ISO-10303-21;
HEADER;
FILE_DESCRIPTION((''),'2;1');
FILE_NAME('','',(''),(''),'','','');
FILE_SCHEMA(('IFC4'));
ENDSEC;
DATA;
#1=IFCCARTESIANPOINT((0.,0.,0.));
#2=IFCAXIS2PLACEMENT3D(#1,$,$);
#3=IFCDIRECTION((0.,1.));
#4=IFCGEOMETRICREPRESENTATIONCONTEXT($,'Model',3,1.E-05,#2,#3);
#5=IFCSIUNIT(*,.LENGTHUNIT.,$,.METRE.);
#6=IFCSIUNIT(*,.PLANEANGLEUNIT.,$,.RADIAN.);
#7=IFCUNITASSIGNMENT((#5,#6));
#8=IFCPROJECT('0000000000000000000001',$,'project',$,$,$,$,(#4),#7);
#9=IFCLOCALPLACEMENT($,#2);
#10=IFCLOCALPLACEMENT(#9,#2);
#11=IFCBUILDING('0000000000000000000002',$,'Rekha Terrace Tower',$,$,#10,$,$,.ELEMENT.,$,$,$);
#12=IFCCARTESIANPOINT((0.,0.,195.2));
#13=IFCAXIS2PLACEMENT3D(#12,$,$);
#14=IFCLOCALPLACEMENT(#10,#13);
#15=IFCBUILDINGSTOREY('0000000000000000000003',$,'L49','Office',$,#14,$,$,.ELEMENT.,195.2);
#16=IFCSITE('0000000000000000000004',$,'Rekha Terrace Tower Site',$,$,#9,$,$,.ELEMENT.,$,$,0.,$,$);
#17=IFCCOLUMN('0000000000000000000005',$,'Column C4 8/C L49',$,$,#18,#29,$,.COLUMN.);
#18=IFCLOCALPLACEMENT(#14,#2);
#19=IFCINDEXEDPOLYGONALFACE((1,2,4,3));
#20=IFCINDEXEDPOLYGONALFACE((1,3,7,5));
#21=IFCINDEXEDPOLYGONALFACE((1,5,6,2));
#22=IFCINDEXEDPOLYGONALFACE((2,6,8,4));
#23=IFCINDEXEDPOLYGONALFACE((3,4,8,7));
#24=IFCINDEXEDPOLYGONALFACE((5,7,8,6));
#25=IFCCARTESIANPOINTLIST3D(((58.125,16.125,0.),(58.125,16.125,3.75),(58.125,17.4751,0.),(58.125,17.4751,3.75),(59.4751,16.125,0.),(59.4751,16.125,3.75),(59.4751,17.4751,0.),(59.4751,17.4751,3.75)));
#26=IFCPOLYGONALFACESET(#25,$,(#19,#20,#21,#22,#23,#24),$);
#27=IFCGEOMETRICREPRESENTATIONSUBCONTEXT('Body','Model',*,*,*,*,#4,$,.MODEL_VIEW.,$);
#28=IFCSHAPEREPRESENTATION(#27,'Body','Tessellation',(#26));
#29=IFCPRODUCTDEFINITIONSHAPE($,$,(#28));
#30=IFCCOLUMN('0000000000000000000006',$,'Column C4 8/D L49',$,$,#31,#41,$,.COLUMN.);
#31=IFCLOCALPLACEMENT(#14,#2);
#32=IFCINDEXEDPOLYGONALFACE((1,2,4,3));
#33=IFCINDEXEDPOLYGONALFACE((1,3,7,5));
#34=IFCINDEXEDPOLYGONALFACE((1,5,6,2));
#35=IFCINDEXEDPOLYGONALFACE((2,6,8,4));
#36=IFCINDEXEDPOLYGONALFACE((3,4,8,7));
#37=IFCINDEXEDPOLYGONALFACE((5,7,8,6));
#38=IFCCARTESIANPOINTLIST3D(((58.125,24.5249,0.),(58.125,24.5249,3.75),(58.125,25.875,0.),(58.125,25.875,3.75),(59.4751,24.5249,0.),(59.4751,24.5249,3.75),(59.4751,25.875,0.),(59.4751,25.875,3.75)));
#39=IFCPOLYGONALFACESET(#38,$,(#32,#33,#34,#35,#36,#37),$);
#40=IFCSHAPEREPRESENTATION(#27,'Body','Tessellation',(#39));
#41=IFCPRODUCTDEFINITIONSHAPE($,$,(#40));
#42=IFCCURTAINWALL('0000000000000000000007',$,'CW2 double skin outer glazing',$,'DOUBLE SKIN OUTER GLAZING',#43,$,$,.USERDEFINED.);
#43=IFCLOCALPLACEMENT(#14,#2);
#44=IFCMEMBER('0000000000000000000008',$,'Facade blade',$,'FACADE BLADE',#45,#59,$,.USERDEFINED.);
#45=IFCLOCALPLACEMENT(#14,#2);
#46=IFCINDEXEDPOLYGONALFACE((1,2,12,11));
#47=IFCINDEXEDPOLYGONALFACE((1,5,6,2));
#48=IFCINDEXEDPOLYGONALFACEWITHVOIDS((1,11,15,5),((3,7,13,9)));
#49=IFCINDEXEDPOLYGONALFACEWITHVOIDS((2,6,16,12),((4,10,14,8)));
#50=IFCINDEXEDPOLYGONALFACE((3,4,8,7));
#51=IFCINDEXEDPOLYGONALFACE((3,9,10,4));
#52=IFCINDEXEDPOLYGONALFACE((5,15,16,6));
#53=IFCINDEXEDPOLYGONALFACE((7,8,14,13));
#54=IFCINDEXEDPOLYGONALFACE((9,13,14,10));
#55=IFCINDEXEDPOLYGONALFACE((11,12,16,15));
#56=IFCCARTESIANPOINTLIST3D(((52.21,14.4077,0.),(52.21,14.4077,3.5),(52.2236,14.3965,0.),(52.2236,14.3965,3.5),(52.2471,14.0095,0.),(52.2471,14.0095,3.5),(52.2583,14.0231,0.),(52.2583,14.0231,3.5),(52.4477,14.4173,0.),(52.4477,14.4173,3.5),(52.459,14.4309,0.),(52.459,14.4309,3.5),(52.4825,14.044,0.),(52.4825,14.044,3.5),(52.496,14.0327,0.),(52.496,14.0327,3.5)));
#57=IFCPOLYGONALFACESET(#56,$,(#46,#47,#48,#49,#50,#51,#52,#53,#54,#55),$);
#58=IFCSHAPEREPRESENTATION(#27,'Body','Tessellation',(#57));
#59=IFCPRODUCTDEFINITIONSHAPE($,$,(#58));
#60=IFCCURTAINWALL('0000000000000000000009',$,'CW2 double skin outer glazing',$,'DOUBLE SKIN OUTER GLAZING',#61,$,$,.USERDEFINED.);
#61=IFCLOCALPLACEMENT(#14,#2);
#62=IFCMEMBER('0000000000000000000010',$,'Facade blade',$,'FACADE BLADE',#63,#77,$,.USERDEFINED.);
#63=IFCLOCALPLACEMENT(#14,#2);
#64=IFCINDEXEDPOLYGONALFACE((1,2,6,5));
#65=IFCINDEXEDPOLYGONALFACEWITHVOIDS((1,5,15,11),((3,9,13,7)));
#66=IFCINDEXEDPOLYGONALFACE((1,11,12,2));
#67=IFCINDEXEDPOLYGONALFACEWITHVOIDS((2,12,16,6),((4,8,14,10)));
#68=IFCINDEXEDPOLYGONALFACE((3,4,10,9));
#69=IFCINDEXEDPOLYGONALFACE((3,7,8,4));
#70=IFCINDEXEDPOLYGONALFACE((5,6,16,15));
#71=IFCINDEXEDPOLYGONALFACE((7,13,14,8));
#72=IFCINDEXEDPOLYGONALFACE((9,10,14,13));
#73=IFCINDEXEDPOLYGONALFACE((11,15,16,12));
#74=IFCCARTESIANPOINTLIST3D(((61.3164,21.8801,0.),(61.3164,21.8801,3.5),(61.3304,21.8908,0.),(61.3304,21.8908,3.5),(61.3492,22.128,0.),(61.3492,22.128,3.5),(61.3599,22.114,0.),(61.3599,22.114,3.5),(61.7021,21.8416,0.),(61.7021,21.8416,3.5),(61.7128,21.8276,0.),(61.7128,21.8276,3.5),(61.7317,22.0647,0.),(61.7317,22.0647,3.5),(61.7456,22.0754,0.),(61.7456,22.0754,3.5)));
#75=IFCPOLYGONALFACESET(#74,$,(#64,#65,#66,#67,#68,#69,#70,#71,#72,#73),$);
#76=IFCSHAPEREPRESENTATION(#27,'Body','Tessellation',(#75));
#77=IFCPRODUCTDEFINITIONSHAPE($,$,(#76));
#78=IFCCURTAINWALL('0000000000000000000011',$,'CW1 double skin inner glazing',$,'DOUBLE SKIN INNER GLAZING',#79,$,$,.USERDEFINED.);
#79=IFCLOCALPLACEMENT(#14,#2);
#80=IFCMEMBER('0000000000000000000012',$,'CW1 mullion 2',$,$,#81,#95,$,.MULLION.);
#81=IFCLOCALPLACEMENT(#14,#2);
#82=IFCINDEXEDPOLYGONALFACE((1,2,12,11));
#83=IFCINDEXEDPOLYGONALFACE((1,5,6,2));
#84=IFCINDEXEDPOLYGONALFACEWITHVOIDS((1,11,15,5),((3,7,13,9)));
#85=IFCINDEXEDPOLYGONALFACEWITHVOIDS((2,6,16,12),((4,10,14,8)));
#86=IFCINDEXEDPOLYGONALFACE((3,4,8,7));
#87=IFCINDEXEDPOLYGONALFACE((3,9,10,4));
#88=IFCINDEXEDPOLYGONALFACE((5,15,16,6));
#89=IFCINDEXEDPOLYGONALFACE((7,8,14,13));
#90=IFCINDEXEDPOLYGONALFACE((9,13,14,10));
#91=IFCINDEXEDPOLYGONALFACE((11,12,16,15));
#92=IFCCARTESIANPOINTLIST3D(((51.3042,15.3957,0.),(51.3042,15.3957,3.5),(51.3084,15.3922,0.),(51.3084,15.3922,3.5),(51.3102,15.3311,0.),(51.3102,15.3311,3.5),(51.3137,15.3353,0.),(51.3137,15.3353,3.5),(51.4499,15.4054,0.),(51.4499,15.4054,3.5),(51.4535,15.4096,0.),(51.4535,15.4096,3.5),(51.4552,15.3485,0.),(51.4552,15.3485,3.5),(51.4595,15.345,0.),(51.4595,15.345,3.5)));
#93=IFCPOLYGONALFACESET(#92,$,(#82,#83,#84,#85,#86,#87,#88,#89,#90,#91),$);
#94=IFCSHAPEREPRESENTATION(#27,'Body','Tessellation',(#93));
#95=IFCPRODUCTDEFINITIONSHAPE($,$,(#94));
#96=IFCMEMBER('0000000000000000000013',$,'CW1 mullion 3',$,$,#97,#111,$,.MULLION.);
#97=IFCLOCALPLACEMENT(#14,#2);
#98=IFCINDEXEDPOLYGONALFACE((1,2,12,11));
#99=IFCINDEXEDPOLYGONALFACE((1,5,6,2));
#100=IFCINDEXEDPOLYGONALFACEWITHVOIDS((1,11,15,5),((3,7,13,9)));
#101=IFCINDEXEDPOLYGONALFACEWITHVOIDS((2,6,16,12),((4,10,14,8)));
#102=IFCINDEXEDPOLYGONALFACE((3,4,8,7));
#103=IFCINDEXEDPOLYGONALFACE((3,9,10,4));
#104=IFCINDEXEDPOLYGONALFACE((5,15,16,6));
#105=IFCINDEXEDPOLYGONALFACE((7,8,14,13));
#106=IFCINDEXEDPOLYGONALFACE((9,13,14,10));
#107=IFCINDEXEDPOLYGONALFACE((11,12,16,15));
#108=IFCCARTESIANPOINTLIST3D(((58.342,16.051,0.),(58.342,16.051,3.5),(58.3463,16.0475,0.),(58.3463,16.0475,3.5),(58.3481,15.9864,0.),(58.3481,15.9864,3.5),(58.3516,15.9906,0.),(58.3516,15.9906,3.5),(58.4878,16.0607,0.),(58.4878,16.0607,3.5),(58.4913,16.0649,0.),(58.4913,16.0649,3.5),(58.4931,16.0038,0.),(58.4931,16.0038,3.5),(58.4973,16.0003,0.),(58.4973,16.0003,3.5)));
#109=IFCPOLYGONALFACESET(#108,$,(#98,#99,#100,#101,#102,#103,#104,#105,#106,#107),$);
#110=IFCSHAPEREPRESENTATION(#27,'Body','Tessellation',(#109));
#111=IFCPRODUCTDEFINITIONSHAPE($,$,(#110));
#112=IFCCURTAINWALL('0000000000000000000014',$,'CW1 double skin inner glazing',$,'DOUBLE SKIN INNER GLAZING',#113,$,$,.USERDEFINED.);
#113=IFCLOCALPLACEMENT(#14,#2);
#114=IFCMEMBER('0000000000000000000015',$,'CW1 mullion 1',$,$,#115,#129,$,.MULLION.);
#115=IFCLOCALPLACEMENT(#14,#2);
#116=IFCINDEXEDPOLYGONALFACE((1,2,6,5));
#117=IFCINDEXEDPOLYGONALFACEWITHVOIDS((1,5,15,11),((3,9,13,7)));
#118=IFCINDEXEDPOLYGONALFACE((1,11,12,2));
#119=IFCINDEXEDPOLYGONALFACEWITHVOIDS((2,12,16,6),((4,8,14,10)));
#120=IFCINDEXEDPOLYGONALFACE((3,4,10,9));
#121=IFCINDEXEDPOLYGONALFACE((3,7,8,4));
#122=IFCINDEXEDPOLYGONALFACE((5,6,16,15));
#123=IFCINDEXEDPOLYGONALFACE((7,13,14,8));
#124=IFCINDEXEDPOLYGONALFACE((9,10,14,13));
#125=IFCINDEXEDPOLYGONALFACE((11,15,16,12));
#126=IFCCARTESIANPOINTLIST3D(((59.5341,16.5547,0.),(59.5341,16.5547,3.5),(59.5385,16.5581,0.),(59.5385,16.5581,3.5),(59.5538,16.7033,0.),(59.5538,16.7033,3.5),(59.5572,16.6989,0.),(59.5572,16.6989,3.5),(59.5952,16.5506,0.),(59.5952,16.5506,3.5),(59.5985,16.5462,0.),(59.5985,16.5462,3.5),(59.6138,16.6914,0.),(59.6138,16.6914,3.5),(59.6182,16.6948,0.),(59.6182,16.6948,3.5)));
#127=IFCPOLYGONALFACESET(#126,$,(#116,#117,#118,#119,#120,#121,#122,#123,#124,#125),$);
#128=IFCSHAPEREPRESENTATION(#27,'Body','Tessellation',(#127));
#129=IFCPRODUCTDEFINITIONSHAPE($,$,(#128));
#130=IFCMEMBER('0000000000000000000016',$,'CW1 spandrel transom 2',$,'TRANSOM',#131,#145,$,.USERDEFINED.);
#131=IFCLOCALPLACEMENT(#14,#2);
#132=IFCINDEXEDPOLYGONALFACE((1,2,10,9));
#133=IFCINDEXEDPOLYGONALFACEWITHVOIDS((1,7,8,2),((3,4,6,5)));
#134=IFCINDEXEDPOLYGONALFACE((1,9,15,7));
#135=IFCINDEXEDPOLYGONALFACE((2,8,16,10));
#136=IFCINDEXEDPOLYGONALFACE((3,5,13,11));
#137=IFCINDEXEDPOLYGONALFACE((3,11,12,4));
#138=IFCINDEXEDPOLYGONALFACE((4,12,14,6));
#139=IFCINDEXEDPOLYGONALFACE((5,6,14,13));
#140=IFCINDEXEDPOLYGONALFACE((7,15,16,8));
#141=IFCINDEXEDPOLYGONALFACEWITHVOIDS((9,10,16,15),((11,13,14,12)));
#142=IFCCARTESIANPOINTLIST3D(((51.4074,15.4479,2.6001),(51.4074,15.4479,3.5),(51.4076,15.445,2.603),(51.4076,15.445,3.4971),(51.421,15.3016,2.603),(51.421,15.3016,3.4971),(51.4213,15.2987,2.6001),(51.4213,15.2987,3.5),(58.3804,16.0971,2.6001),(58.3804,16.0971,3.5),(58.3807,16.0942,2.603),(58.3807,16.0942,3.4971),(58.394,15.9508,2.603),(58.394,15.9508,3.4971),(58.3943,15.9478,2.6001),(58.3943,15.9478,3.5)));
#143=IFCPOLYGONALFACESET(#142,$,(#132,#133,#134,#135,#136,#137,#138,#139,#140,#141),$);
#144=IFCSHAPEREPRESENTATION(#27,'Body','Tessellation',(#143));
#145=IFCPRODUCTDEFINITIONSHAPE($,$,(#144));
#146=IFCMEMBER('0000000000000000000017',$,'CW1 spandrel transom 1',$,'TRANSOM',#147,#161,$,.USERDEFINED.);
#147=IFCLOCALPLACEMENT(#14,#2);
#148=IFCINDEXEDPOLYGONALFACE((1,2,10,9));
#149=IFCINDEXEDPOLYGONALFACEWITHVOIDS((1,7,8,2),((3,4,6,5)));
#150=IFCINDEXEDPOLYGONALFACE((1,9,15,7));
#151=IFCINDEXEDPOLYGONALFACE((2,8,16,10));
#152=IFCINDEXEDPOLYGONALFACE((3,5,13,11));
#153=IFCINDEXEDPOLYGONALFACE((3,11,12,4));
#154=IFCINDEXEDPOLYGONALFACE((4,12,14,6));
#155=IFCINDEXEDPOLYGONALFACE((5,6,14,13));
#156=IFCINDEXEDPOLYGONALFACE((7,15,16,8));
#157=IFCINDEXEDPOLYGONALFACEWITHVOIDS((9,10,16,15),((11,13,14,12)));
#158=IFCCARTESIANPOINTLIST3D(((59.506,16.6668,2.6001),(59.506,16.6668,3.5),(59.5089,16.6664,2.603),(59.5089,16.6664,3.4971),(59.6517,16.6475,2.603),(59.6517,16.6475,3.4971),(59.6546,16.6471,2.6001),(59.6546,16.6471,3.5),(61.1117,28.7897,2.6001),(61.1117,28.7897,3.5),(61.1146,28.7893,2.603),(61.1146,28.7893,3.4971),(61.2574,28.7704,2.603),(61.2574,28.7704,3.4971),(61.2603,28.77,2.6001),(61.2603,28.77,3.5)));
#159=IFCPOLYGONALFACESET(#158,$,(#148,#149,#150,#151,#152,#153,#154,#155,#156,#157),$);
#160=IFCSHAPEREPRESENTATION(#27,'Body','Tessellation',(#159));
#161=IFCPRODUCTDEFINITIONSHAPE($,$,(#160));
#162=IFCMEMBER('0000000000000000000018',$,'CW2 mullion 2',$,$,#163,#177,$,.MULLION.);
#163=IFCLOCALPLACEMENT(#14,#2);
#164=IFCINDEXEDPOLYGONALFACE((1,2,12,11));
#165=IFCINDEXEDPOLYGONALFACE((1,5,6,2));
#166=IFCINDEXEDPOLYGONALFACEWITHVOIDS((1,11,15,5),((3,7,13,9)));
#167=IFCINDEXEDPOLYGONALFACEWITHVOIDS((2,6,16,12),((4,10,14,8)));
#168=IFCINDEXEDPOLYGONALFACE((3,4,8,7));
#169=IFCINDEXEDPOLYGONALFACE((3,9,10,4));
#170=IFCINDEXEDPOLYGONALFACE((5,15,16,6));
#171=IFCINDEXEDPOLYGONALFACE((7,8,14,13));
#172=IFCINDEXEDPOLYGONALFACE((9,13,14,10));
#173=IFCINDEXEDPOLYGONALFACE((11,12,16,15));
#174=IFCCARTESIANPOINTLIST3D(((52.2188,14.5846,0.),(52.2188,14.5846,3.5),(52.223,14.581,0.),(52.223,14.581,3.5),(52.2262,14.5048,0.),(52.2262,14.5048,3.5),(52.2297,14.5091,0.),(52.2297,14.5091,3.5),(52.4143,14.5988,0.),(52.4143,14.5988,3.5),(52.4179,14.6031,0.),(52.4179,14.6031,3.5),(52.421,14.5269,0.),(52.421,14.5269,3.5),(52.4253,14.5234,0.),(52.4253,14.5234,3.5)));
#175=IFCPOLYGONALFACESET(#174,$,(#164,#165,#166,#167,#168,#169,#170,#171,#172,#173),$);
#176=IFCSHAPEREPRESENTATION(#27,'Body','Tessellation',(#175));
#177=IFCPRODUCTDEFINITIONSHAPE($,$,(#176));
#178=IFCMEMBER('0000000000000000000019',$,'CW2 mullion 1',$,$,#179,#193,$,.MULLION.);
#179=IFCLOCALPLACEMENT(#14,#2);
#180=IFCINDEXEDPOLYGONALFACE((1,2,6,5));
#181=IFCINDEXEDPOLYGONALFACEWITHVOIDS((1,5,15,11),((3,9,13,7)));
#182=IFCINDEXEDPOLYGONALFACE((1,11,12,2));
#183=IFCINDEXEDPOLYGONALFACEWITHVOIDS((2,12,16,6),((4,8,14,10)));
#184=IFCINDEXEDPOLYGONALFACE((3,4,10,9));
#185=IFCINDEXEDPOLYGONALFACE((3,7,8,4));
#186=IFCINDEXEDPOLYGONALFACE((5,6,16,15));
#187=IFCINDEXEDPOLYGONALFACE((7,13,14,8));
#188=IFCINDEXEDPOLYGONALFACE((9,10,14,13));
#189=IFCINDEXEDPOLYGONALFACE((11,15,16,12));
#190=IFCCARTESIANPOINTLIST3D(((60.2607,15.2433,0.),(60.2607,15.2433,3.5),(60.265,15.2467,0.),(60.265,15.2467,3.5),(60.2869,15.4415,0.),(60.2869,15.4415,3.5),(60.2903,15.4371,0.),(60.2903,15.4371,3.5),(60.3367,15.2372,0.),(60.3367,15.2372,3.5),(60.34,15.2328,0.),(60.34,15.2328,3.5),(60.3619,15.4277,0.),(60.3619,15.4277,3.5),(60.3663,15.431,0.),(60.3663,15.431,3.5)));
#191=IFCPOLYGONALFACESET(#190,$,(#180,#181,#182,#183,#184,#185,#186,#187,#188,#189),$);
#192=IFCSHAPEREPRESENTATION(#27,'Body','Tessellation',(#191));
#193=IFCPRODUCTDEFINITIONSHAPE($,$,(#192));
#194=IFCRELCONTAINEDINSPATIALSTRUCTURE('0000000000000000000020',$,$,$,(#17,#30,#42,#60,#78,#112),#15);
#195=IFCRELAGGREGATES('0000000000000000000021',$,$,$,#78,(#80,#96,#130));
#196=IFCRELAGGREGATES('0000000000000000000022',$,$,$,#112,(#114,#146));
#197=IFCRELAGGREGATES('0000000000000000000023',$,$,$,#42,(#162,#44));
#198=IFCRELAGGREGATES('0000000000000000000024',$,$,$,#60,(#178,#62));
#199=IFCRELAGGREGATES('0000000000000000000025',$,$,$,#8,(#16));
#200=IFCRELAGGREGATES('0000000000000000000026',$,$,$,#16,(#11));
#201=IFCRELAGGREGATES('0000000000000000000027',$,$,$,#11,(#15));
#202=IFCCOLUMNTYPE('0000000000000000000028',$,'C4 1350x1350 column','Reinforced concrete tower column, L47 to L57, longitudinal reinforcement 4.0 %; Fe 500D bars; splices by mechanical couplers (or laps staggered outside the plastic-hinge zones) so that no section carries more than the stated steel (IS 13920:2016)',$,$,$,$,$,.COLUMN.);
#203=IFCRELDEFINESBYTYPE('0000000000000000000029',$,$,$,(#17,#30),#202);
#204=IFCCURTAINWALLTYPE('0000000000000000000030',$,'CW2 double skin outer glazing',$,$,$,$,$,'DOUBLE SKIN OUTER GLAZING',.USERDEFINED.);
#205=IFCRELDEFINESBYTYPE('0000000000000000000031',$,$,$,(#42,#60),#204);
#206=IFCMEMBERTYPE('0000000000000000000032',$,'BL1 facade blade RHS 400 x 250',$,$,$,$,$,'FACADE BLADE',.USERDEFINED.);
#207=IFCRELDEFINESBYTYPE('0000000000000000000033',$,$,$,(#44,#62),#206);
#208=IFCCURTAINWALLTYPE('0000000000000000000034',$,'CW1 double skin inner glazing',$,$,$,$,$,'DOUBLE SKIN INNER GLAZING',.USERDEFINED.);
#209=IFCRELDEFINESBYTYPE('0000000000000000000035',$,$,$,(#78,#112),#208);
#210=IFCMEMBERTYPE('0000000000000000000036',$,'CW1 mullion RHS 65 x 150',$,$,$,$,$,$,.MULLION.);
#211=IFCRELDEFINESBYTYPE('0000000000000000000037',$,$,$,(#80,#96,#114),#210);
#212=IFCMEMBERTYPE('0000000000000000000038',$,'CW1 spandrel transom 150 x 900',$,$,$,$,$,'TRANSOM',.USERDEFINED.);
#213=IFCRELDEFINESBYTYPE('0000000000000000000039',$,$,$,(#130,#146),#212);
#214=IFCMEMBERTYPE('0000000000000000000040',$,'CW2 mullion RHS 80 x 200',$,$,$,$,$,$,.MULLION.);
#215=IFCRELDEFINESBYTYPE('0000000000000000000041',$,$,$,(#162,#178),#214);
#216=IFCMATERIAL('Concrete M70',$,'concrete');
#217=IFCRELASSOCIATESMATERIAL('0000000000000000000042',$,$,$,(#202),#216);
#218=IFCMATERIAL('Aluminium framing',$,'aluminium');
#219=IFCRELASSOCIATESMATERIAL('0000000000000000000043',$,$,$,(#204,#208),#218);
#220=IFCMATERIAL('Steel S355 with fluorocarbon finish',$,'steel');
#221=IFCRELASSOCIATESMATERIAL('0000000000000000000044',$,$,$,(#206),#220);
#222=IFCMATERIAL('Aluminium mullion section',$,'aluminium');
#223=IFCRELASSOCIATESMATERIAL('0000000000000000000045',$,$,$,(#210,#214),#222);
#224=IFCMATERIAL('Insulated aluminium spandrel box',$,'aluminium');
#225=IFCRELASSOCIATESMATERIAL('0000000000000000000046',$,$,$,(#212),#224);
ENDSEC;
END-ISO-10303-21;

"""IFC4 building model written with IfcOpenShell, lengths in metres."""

from ifc_helpers import new_model, si_unit, direction, frame, origin, origin_2d, place, context, subcontext, project, spatial, rectangle, hollow_rectangle, extrude, material, material_profile, profile_set, type_object, element, aggregate, save


model = new_model("IFC4")

# Units and contexts
model_context = context("Model", 3, precision=1e-05, world=origin(), true_north=direction((0.0, 1.0)))
body_context = subcontext(model_context, "Body", "Model", "MODEL_VIEW")
ifc_project = project(units=[si_unit("LENGTHUNIT", "METRE"), si_unit("PLANEANGLEUNIT", "RADIAN")], contexts=[model_context])

# Site, building, storey
site_placement = place(None, origin())
site = spatial("IfcSite", under=ifc_project, at=site_placement, Name="Rekha Terrace Tower Site", CompositionType="ELEMENT", RefElevation=0.0)
building_placement = place(site_placement, origin())
building = spatial("IfcBuilding", under=site, at=building_placement, Name="Rekha Terrace Tower", CompositionType="ELEMENT")
storey_placement = place(building_placement, frame((0.0, 0.0, 195.2)))
storey = spatial("IfcBuildingStorey", under=building, at=storey_placement, Name="L49", Description="Office", CompositionType="ELEMENT", Elevation=195.2)

# Columns
ifc_material_1 = material(Name="Concrete M70", Category="concrete")
ifc_material_profile_1 = material_profile(ifc_material_1, rectangle(XDim=1.3501, YDim=1.3501, at=origin_2d()), Name="RC 1350x1350")
ifc_profile_set_1 = profile_set([ifc_material_profile_1], Name="Concrete M70")
column_type = type_object("IfcColumnType", Name="C4 1350x1350 column", Description="Reinforced concrete tower column, L47 to L57, longitudinal reinforcement 4.0 %; Fe 500D bars; splices by mechanical couplers (or laps staggered outside the plastic-hinge zones) so that no section carries more than the stated steel (IS 13920:2016)", PredefinedType="COLUMN", material=ifc_profile_set_1)
for number, where, z_axis, x_axis, name in (
    (1, (58.8, 16.8, 0.0), (0.0, 0.0, 1.0), (1.0, 0.0, 0.0), "Column C4 8/C L49"),
    (2, (58.8, 25.2, 0.0), (0.0, 0.0, 1.0), (1.0, 0.0, 0.0), "Column C4 8/D L49"),
):
    element("IfcColumn", number, at=place(storey_placement, frame(where, z_axis=z_axis, x_axis=x_axis)), inside=storey, type_object=column_type, Name=name, PredefinedType="COLUMN", context=body_context, shape_type="SweptSolid", body=[
        extrude(rectangle(XDim=1.3501, YDim=1.3501, at=origin_2d()), origin(), (0.0, 0.0, 1.0), 3.75),
    ])

# Curtain walls, members
ifc_material_2 = material(Name="Aluminium framing", Category="aluminium")
curtain_wall_type_1 = type_object("IfcCurtainWallType", Name="CW2 double skin outer glazing", ElementType="DOUBLE SKIN OUTER GLAZING", PredefinedType="USERDEFINED", material=ifc_material_2)
curtain_wall_1_placement = place(storey_placement, origin())
curtain_wall_1 = element("IfcCurtainWall", 3, at=curtain_wall_1_placement, inside=storey, type_object=curtain_wall_type_1, Name="CW2 double skin outer glazing", ObjectType="DOUBLE SKIN OUTER GLAZING", PredefinedType="USERDEFINED")
ifc_material_3 = material(Name="Steel S355 with fluorocarbon finish", Category="steel")
ifc_material_profile_2 = material_profile(ifc_material_3, hollow_rectangle(XDim=0.25, YDim=0.3999, WallThickness=0.0125, at=origin_2d()), Name="RHS400x250x12.5")
ifc_profile_set_2 = profile_set([ifc_material_profile_2], Name="Steel S355 with fluorocarbon finish")
member_type_1 = type_object("IfcMemberType", Name="BL1 facade blade RHS 400 x 250", ElementType="FACADE BLADE", PredefinedType="USERDEFINED", material=ifc_profile_set_2)
member_1_placement = place(storey_placement, frame((52.353, 14.2202, 0.0), z_axis=(0.0, 0.0, 1.0), x_axis=(0.995693, 0.092709, 0.0)))
member_1 = element("IfcMember", 4, at=member_1_placement, type_object=member_type_1, Name="Facade blade", ObjectType="FACADE BLADE", PredefinedType="USERDEFINED", context=body_context, shape_type="SweptSolid", body=[
    extrude(hollow_rectangle(XDim=0.25, YDim=0.3999, WallThickness=0.0125, at=origin_2d()), origin(), (0.0, 0.0, 1.0), 3.5),
])
curtain_wall_2_placement = place(storey_placement, origin())
curtain_wall_2 = element("IfcCurtainWall", 5, at=curtain_wall_2_placement, inside=storey, type_object=curtain_wall_type_1, Name="CW2 double skin outer glazing", ObjectType="DOUBLE SKIN OUTER GLAZING", PredefinedType="USERDEFINED")
member_2_placement = place(storey_placement, frame((61.531, 21.9778, 0.0), z_axis=(0.0, 0.0, 1.0), x_axis=(0.131303, 0.991342, 0.0)))
member_2 = element("IfcMember", 6, at=member_2_placement, type_object=member_type_1, Name="Facade blade", ObjectType="FACADE BLADE", PredefinedType="USERDEFINED", context=body_context, shape_type="SweptSolid", body=[
    extrude(hollow_rectangle(XDim=0.25, YDim=0.3999, WallThickness=0.0125, at=origin_2d()), origin(), (0.0, 0.0, 1.0), 3.5),
])

# Curtain wall, members
curtain_wall_type_2 = type_object("IfcCurtainWallType", Name="CW1 double skin inner glazing", ElementType="DOUBLE SKIN INNER GLAZING", PredefinedType="USERDEFINED", material=ifc_material_2)
curtain_wall_3_placement = place(storey_placement, origin())
curtain_wall_3 = element("IfcCurtainWall", 7, at=curtain_wall_3_placement, inside=storey, type_object=curtain_wall_type_2, Name="CW1 double skin inner glazing", ObjectType="DOUBLE SKIN INNER GLAZING", PredefinedType="USERDEFINED")
ifc_material_4 = material(Name="Aluminium mullion section", Category="aluminium")
ifc_material_profile_3 = material_profile(ifc_material_4, hollow_rectangle(XDim=0.0649, YDim=0.1499, WallThickness=0.0039, at=origin_2d()), Name="AL RHS 65x150")
ifc_profile_set_3 = profile_set([ifc_material_profile_3], Name="Aluminium mullion section")
member_type_2 = type_object("IfcMemberType", Name="CW1 mullion RHS 65 x 150", PredefinedType="MULLION", material=ifc_profile_set_3)
member_3_placement = place(storey_placement, frame((51.3818, 15.3704, 0.0), z_axis=(0.0, 0.0, 1.0), x_axis=(-0.092709, 0.995693, 0.0)))
member_3 = element("IfcMember", 8, at=member_3_placement, type_object=member_type_2, Name="CW1 mullion 2", PredefinedType="MULLION", context=body_context, shape_type="SweptSolid", body=[
    extrude(hollow_rectangle(XDim=0.0649, YDim=0.1499, WallThickness=0.0039, at=origin_2d()), origin(), (0.0, 0.0, 1.0), 3.5),
])
member_4_placement = place(storey_placement, frame((58.4197, 16.0256, 0.0), z_axis=(0.0, 0.0, 1.0), x_axis=(-0.092709, 0.995693, 0.0)))
member_4 = element("IfcMember", 9, at=member_4_placement, type_object=member_type_2, Name="CW1 mullion 3", PredefinedType="MULLION", context=body_context, shape_type="SweptSolid", body=[
    extrude(hollow_rectangle(XDim=0.0649, YDim=0.1499, WallThickness=0.0039, at=origin_2d()), origin(), (0.0, 0.0, 1.0), 3.5),
])

# Curtain wall, member
curtain_wall_4_placement = place(storey_placement, origin())
curtain_wall_4 = element("IfcCurtainWall", 10, at=curtain_wall_4_placement, inside=storey, type_object=curtain_wall_type_2, Name="CW1 double skin inner glazing", ObjectType="DOUBLE SKIN INNER GLAZING", PredefinedType="USERDEFINED")
member_5_placement = place(storey_placement, frame((59.5762, 16.6248, 0.0), z_axis=(0.0, 0.0, 1.0), x_axis=(-0.991342, 0.131304, 0.0)))
member_5 = element("IfcMember", 11, at=member_5_placement, type_object=member_type_2, Name="CW1 mullion 1", PredefinedType="MULLION", context=body_context, shape_type="SweptSolid", body=[
    extrude(hollow_rectangle(XDim=0.0649, YDim=0.1499, WallThickness=0.0039, at=origin_2d()), origin(), (0.0, 0.0, 1.0), 3.5),
])

# Members
ifc_material_5 = material(Name="Insulated aluminium spandrel box", Category="aluminium")
ifc_material_profile_4 = material_profile(ifc_material_5, hollow_rectangle(XDim=0.1499, YDim=0.8999, WallThickness=0.0029, at=origin_2d()), Name="AL SPANDREL BOX 150x900")
ifc_profile_set_4 = profile_set([ifc_material_profile_4], Name="Insulated aluminium spandrel box")
member_type_3 = type_object("IfcMemberType", Name="CW1 spandrel transom 150 x 900", ElementType="TRANSOM", PredefinedType="USERDEFINED", material=ifc_profile_set_4)
member_6_placement = place(storey_placement, frame((51.4143, 15.3733, 3.05), z_axis=(0.995694, 0.092698, 0.0), x_axis=(-0.092698, 0.995694, 0.0)))
member_6 = element("IfcMember", 12, at=member_6_placement, type_object=member_type_3, Name="CW1 spandrel transom 2", ObjectType="TRANSOM", PredefinedType="USERDEFINED", context=body_context, shape_type="SweptSolid", body=[
    extrude(hollow_rectangle(XDim=0.1499, YDim=0.8999, WallThickness=0.0029, at=origin_2d()), origin(), (0.0, 0.0, 1.0), 7.0032),
])
member_7_placement = place(storey_placement, frame((59.5803, 16.657, 3.05), z_axis=(0.131307, 0.991342, 0.0), x_axis=(-0.991342, 0.131307, 0.0)))
member_7 = element("IfcMember", 13, at=member_7_placement, type_object=member_type_3, Name="CW1 spandrel transom 1", ObjectType="TRANSOM", PredefinedType="USERDEFINED", context=body_context, shape_type="SweptSolid", body=[
    extrude(hollow_rectangle(XDim=0.1499, YDim=0.8999, WallThickness=0.0029, at=origin_2d()), origin(), (0.0, 0.0, 1.0), 12.2288),
])
ifc_material_profile_5 = material_profile(ifc_material_4, hollow_rectangle(XDim=0.0801, YDim=0.2, WallThickness=0.0039, at=origin_2d()), Name="AL RHS 80x200")
ifc_profile_set_5 = profile_set([ifc_material_profile_5], Name="Aluminium mullion section")
member_type_4 = type_object("IfcMemberType", Name="CW2 mullion RHS 80 x 200", PredefinedType="MULLION", material=ifc_profile_set_5)
member_8_placement = place(storey_placement, frame((52.322, 14.554, 0.0), z_axis=(0.0, 0.0, 1.0), x_axis=(-0.092709, 0.995693, 0.0)))
member_8 = element("IfcMember", 14, at=member_8_placement, type_object=member_type_4, Name="CW2 mullion 2", PredefinedType="MULLION", context=body_context, shape_type="SweptSolid", body=[
    extrude(hollow_rectangle(XDim=0.0801, YDim=0.2, WallThickness=0.0039, at=origin_2d()), origin(), (0.0, 0.0, 1.0), 3.5),
])
member_9_placement = place(storey_placement, frame((60.3135, 15.3372, 0.0), z_axis=(0.0, 0.0, 1.0), x_axis=(-0.991342, 0.131304, 0.0)))
member_9 = element("IfcMember", 15, at=member_9_placement, type_object=member_type_4, Name="CW2 mullion 1", PredefinedType="MULLION", context=body_context, shape_type="SweptSolid", body=[
    extrude(hollow_rectangle(XDim=0.0801, YDim=0.2, WallThickness=0.0039, at=origin_2d()), origin(), (0.0, 0.0, 1.0), 3.5),
])

aggregate(curtain_wall_3, [member_3, member_4, member_6])
aggregate(curtain_wall_4, [member_5, member_7])
aggregate(curtain_wall_1, [member_8, member_1])
aggregate(curtain_wall_2, [member_9, member_2])

save(model, "model.ifc")
